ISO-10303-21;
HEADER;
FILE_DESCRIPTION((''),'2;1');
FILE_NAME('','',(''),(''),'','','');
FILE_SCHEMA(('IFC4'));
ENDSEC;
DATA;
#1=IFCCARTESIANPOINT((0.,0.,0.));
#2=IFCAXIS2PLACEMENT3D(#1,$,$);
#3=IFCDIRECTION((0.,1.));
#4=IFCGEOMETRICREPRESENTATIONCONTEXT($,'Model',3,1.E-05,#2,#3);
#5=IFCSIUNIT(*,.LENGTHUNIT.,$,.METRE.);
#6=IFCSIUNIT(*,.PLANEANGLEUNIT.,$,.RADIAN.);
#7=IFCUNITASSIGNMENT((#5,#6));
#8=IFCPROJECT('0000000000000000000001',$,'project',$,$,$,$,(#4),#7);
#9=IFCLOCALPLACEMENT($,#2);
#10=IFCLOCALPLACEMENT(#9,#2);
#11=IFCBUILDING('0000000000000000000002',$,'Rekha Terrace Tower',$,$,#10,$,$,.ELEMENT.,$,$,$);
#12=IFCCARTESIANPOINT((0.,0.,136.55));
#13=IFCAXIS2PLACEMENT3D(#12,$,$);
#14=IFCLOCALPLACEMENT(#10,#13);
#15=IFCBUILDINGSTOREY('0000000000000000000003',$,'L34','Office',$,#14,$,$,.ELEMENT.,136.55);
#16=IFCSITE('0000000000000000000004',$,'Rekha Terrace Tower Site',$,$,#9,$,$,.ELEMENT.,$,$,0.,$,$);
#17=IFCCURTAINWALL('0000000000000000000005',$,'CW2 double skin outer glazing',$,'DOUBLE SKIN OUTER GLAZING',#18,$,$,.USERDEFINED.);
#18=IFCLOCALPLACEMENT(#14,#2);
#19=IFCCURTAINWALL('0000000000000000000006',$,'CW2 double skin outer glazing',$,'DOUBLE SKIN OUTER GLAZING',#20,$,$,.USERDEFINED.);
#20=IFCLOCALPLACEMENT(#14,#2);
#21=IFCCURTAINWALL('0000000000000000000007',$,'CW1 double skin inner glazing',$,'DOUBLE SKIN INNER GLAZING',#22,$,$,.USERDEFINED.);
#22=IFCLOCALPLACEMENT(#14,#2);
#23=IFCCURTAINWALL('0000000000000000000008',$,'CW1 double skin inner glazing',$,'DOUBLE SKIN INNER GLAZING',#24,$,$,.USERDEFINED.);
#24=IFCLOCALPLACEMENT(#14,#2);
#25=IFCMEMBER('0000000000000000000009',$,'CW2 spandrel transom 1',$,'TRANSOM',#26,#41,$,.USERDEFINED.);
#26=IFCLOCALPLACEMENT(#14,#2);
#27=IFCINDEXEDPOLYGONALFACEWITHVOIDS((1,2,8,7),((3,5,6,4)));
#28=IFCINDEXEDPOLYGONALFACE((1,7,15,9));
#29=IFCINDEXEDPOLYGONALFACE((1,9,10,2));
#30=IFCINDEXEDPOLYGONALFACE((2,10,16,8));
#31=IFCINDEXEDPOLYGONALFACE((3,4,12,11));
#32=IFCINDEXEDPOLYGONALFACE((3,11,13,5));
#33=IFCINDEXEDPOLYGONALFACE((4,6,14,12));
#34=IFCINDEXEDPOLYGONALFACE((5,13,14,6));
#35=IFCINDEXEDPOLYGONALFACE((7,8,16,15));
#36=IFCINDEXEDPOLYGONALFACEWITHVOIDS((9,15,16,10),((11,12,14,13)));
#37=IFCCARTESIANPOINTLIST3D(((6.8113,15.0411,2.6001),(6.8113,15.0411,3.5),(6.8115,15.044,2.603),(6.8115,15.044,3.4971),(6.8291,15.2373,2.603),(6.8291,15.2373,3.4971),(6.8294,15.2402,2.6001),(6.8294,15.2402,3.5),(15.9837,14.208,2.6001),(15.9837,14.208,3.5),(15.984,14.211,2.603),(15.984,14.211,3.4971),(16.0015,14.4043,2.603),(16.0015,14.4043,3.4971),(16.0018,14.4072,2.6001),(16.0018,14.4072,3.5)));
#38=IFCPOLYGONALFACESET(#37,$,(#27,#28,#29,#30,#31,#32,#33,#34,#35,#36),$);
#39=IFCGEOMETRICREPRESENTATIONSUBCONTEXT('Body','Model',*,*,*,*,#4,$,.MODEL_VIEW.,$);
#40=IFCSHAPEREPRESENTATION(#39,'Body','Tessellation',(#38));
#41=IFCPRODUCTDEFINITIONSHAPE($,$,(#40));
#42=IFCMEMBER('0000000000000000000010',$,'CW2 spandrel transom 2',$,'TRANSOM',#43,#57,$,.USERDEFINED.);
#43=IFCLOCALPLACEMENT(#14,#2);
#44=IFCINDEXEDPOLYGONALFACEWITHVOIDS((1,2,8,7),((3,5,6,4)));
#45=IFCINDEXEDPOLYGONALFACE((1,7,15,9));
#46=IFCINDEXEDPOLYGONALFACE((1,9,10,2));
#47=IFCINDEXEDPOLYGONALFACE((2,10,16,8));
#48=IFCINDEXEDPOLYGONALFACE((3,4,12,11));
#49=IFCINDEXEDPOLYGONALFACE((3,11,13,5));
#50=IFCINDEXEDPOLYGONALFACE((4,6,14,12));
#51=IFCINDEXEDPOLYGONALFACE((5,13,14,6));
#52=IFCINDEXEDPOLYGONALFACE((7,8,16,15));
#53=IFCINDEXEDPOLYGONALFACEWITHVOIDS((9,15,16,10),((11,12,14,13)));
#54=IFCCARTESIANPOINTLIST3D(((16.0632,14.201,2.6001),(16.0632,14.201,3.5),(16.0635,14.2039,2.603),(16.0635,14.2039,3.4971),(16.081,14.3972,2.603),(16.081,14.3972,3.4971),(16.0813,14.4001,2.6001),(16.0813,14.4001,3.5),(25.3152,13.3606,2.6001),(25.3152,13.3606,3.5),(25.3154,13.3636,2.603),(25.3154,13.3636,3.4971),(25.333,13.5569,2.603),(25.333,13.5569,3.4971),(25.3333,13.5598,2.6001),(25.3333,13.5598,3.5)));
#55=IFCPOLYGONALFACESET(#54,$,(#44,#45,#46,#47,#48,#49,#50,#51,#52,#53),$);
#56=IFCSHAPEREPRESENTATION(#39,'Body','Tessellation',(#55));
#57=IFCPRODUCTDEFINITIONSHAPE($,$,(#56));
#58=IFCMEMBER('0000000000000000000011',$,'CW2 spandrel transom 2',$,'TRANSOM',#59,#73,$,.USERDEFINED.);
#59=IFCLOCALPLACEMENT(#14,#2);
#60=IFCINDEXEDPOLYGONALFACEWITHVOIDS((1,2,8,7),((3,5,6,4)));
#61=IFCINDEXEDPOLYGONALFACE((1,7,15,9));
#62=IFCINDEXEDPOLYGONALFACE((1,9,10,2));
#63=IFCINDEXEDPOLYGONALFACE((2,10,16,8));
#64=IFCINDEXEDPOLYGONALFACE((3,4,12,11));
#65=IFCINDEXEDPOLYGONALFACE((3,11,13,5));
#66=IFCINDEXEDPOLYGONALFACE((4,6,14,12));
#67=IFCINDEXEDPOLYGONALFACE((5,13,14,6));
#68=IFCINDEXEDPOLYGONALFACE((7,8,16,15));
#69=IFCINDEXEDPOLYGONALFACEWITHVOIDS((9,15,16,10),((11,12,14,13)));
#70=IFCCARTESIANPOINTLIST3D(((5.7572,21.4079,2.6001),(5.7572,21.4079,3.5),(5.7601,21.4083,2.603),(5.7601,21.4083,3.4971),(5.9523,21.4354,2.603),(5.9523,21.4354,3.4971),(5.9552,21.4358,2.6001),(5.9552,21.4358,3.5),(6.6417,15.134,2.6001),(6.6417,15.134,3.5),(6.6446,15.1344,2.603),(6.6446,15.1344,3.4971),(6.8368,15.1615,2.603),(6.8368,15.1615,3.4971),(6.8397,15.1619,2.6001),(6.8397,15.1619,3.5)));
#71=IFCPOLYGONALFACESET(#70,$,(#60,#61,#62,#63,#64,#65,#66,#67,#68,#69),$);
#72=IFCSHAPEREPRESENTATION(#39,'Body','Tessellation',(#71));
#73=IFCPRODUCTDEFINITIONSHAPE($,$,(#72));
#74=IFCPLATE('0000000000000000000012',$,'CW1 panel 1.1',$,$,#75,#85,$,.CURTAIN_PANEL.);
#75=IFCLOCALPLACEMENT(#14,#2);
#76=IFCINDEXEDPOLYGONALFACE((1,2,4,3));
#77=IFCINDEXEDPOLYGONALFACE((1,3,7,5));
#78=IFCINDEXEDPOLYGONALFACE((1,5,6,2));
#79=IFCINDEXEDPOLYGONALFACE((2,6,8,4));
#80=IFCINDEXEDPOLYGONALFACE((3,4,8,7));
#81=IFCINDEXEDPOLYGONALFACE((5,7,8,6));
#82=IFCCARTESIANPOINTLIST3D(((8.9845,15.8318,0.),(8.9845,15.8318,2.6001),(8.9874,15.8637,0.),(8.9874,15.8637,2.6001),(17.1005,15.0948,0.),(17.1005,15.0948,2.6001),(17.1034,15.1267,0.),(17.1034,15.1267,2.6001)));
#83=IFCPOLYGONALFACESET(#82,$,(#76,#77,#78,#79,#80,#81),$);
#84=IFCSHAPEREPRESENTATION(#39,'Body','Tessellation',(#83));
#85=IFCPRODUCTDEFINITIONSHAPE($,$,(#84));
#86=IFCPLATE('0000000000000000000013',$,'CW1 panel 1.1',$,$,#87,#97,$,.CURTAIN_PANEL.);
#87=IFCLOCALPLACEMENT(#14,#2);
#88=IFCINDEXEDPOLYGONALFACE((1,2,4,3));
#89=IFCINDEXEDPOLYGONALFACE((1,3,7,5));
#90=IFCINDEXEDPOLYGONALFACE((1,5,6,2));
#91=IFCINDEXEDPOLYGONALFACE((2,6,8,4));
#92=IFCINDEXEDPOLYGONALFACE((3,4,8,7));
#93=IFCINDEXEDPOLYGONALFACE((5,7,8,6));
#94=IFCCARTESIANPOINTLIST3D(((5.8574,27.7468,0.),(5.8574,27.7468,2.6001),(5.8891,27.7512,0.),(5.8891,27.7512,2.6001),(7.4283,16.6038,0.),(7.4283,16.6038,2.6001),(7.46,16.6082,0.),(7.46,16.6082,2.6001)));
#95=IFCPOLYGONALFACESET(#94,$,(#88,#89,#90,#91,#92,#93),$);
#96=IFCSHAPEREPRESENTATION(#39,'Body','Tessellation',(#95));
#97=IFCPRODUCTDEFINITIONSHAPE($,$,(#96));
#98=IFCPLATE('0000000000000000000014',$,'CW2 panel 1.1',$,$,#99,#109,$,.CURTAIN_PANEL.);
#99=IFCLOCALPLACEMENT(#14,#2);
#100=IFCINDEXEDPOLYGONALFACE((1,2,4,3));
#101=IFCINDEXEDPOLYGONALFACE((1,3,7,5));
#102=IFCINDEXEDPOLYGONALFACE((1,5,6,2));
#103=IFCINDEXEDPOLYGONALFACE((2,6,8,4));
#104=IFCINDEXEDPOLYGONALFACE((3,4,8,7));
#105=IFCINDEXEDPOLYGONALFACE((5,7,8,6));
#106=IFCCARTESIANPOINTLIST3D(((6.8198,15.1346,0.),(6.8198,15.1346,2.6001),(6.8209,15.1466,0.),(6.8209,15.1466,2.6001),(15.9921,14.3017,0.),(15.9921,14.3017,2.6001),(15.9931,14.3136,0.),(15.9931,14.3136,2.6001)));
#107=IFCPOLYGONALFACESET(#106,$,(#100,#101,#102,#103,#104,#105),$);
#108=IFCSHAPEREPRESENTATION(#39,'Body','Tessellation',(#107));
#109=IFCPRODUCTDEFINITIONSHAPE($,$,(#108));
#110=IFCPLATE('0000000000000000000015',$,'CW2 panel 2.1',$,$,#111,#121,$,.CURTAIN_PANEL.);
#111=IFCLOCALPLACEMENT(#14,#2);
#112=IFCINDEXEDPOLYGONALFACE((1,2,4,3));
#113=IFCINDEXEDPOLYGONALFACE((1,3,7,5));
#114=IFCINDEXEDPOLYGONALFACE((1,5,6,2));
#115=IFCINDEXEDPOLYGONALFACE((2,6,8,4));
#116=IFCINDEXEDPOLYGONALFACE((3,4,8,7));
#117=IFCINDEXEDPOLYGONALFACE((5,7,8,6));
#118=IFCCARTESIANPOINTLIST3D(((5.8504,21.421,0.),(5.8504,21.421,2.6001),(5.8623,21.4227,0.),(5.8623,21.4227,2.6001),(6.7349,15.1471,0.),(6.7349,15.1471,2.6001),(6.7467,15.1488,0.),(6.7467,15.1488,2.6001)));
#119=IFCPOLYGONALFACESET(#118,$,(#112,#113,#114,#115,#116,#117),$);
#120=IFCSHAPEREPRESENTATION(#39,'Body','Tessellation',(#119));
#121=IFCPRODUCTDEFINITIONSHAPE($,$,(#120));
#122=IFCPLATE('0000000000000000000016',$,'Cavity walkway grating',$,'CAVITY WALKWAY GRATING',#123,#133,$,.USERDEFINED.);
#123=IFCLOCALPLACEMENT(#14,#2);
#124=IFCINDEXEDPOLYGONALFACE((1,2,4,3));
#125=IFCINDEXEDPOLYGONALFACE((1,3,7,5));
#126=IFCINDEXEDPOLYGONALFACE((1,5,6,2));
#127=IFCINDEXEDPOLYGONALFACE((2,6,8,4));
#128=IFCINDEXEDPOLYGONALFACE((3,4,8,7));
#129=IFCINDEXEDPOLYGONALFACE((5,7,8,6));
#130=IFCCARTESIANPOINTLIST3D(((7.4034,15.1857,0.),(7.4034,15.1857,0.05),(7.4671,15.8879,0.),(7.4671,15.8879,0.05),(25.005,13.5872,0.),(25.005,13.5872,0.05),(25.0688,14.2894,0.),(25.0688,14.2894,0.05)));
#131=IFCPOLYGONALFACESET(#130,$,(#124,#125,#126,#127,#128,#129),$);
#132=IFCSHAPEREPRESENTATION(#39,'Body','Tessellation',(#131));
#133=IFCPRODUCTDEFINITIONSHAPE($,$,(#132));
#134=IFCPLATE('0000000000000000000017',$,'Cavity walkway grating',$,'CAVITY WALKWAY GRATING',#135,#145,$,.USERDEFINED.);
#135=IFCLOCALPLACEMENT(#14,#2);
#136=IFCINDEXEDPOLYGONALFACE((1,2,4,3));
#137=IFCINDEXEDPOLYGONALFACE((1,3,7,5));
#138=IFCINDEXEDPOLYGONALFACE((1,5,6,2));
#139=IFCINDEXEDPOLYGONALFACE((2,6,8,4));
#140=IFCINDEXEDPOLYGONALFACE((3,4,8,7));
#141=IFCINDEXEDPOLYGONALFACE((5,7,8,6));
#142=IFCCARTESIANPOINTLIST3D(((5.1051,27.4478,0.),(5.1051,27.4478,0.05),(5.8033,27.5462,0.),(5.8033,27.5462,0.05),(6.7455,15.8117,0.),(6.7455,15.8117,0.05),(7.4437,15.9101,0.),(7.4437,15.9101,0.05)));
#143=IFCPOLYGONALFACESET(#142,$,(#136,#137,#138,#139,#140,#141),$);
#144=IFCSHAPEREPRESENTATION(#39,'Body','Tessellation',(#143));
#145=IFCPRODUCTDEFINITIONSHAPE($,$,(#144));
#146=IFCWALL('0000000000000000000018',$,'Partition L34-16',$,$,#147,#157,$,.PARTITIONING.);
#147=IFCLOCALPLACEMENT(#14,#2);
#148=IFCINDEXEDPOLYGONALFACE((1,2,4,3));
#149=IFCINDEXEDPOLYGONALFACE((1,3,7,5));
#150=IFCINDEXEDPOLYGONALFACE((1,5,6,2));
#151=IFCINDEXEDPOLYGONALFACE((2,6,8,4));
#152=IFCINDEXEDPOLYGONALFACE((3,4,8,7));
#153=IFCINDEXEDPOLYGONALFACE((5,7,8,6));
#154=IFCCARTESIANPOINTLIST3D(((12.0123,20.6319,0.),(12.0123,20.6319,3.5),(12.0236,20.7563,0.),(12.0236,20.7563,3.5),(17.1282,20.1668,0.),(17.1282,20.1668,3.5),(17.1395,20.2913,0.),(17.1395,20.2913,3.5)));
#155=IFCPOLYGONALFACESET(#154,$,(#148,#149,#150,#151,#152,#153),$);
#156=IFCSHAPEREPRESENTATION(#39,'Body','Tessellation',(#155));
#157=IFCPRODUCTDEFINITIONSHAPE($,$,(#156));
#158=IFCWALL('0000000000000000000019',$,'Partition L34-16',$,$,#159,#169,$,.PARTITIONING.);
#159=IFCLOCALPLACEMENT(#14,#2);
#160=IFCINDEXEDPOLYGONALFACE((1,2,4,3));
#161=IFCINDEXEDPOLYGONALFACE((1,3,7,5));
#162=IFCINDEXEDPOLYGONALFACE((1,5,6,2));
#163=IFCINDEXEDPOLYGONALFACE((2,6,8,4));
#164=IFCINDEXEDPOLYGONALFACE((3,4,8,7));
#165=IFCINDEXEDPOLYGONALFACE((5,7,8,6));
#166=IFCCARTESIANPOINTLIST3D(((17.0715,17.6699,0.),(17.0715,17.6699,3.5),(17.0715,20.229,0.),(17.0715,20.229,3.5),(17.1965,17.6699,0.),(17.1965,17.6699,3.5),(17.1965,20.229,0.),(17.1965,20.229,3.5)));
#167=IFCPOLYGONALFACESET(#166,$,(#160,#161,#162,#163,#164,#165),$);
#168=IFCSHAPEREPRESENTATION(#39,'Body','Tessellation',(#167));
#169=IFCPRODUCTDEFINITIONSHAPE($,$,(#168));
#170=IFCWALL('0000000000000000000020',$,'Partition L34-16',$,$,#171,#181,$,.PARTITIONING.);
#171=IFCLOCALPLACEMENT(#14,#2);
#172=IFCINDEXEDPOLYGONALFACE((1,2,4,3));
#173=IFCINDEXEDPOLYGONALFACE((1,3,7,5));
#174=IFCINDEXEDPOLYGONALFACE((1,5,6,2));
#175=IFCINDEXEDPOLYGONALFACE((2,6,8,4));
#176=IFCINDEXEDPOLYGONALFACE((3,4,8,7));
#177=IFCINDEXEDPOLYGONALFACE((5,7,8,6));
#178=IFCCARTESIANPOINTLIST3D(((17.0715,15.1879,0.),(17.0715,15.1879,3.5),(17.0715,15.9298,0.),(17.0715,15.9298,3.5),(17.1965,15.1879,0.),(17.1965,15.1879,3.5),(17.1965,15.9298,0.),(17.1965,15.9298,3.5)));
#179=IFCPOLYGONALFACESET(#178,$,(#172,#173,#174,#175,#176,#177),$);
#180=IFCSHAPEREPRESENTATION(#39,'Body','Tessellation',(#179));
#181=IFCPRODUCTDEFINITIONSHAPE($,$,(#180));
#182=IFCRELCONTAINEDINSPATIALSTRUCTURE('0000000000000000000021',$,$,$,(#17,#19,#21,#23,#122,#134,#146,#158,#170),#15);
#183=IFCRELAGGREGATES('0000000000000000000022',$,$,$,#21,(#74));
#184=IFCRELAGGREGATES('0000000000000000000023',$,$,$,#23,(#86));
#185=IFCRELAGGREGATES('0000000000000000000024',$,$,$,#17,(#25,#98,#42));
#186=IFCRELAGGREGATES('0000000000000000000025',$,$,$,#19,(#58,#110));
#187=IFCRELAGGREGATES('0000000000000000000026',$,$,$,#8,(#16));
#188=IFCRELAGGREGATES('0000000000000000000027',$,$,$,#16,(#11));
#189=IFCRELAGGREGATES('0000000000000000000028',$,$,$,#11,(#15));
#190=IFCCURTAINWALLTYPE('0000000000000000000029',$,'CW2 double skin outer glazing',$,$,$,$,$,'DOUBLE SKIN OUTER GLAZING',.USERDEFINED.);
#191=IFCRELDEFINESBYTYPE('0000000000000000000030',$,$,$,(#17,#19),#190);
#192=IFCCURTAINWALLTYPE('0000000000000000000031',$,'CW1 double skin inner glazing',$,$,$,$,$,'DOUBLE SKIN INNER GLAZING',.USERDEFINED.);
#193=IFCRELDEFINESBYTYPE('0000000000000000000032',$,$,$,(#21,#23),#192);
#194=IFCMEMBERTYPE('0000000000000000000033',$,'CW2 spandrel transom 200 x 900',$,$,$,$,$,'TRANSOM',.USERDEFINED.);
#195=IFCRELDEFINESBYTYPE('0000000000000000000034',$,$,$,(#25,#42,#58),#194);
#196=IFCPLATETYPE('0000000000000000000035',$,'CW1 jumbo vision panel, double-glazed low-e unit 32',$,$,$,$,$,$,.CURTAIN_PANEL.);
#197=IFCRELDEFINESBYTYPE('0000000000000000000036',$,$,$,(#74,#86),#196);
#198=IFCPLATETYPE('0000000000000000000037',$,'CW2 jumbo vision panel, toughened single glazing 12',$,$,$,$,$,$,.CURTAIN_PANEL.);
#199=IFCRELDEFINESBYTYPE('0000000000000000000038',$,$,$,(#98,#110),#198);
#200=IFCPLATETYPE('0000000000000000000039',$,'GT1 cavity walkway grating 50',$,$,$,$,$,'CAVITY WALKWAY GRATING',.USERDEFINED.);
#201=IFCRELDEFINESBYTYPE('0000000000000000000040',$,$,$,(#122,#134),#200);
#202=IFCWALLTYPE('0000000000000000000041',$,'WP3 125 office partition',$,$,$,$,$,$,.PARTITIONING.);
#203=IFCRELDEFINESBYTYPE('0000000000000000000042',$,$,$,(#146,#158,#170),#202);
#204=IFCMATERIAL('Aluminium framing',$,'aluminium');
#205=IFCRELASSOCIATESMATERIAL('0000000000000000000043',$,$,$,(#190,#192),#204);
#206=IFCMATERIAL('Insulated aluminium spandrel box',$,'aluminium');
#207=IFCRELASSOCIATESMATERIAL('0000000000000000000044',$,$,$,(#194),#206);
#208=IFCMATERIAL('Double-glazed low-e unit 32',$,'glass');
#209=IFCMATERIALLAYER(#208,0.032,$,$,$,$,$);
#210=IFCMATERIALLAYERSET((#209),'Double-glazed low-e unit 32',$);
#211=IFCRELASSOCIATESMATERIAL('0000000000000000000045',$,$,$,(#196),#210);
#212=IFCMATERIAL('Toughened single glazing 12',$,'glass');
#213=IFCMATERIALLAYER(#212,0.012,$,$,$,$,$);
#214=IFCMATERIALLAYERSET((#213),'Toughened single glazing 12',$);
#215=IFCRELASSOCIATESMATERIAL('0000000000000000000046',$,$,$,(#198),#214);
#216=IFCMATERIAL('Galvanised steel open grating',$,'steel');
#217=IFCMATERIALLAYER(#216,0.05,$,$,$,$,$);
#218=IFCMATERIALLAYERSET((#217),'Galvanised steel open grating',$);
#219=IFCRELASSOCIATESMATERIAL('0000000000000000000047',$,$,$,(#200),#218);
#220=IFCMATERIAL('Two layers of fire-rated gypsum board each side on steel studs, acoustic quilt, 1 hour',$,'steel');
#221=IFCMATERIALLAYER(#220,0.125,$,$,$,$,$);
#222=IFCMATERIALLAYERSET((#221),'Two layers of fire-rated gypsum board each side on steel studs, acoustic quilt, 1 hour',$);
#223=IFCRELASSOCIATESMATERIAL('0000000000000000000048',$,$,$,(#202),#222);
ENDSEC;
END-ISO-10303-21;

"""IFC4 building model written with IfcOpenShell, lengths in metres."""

from ifc_helpers import new_model, si_unit, direction, frame, frame_2d, origin, origin_2d, place, context, subcontext, project, spatial, rectangle, hollow_rectangle, extrude, material, layer, layer_set, material_profile, profile_set, type_object, element, aggregate, save


model = new_model("IFC4")

# Units and contexts
model_context = context("Model", 3, precision=1e-05, world=origin(), true_north=direction((0.0, 1.0)))
body_context = subcontext(model_context, "Body", "Model", "MODEL_VIEW")
ifc_project = project(units=[si_unit("LENGTHUNIT", "METRE"), si_unit("PLANEANGLEUNIT", "RADIAN")], contexts=[model_context])

# Site, building, storey
site_placement = place(None, origin())
site = spatial("IfcSite", under=ifc_project, at=site_placement, Name="Rekha Terrace Tower Site", CompositionType="ELEMENT", RefElevation=0.0)
building_placement = place(site_placement, origin())
building = spatial("IfcBuilding", under=site, at=building_placement, Name="Rekha Terrace Tower", CompositionType="ELEMENT")
storey_placement = place(building_placement, frame((0.0, 0.0, 136.55)))
storey = spatial("IfcBuildingStorey", under=building, at=storey_placement, Name="L34", Description="Office", CompositionType="ELEMENT", Elevation=136.55)

# Curtain walls
ifc_material_1 = material(Name="Aluminium framing", Category="aluminium")
curtain_wall_type_1 = type_object("IfcCurtainWallType", Name="CW2 double skin outer glazing", ElementType="DOUBLE SKIN OUTER GLAZING", PredefinedType="USERDEFINED", material=ifc_material_1)
curtain_wall_1_placement = place(storey_placement, origin())
curtain_wall_1 = element("IfcCurtainWall", 1, at=curtain_wall_1_placement, inside=storey, type_object=curtain_wall_type_1, Name="CW2 double skin outer glazing", ObjectType="DOUBLE SKIN OUTER GLAZING", PredefinedType="USERDEFINED")
curtain_wall_2_placement = place(storey_placement, origin())
curtain_wall_2 = element("IfcCurtainWall", 2, at=curtain_wall_2_placement, inside=storey, type_object=curtain_wall_type_1, Name="CW2 double skin outer glazing", ObjectType="DOUBLE SKIN OUTER GLAZING", PredefinedType="USERDEFINED")

# Curtain wall
curtain_wall_type_2 = type_object("IfcCurtainWallType", Name="CW1 double skin inner glazing", ElementType="DOUBLE SKIN INNER GLAZING", PredefinedType="USERDEFINED", material=ifc_material_1)
curtain_wall_3_placement = place(storey_placement, origin())
curtain_wall_3 = element("IfcCurtainWall", 3, at=curtain_wall_3_placement, inside=storey, type_object=curtain_wall_type_2, Name="CW1 double skin inner glazing", ObjectType="DOUBLE SKIN INNER GLAZING", PredefinedType="USERDEFINED")

# Curtain wall
curtain_wall_4_placement = place(storey_placement, origin())
curtain_wall_4 = element("IfcCurtainWall", 4, at=curtain_wall_4_placement, inside=storey, type_object=curtain_wall_type_2, Name="CW1 double skin inner glazing", ObjectType="DOUBLE SKIN INNER GLAZING", PredefinedType="USERDEFINED")

# Members
ifc_material_2 = material(Name="Insulated aluminium spandrel box", Category="aluminium")
ifc_material_profile_1 = material_profile(ifc_material_2, hollow_rectangle(XDim=0.2, YDim=0.8999, WallThickness=0.0029, at=origin_2d()), Name="AL SPANDREL BOX 200x900")
ifc_profile_set_1 = profile_set([ifc_material_profile_1], Name="Insulated aluminium spandrel box")
member_type_1 = type_object("IfcMemberType", Name="CW2 spandrel transom 200 x 900", ElementType="TRANSOM", PredefinedType="USERDEFINED", material=ifc_profile_set_1)
member_1_placement = place(storey_placement, frame((6.8203, 15.1406, 3.05), z_axis=(0.995901, -0.090445, 0.0), x_axis=(0.090445, 0.995901, 0.0)))
member_1 = element("IfcMember", 5, at=member_1_placement, type_object=member_type_1, Name="CW2 spandrel transom 1", ObjectType="TRANSOM", PredefinedType="USERDEFINED", context=body_context, shape_type="SweptSolid", body=[
    extrude(hollow_rectangle(XDim=0.2, YDim=0.8999, WallThickness=0.0029, at=origin_2d()), origin(), (0.0, 0.0, 1.0), 9.2102),
])
member_2_placement = place(storey_placement, frame((16.0723, 14.3005, 3.05), z_axis=(0.995901, -0.090455, 0.0), x_axis=(0.090455, 0.995901, 0.0)))
member_2 = element("IfcMember", 6, at=member_2_placement, type_object=member_type_1, Name="CW2 spandrel transom 2", ObjectType="TRANSOM", PredefinedType="USERDEFINED", context=body_context, shape_type="SweptSolid", body=[
    extrude(hollow_rectangle(XDim=0.2, YDim=0.8999, WallThickness=0.0029, at=origin_2d()), origin(), (0.0, 0.0, 1.0), 9.29),
])
member_3_placement = place(storey_placement, frame((5.8562, 21.4219, 3.05), z_axis=(0.139603, -0.990208, 0.0), x_axis=(0.990208, 0.139603, 0.0)))
member_3 = element("IfcMember", 7, at=member_3_placement, type_object=member_type_1, Name="CW2 spandrel transom 2", ObjectType="TRANSOM", PredefinedType="USERDEFINED", context=body_context, shape_type="SweptSolid", body=[
    extrude(hollow_rectangle(XDim=0.2, YDim=0.8999, WallThickness=0.0029, at=origin_2d()), origin(), (0.0, 0.0, 1.0), 6.3359),
])

# Plates
ifc_material_3 = material(Name="Double-glazed low-e unit 32", Category="glass")
ifc_layer_1 = layer(ifc_material_3, 0.032)
ifc_layer_set_1 = layer_set([ifc_layer_1], Name="Double-glazed low-e unit 32")
plate_type_1 = type_object("IfcPlateType", Name="CW1 jumbo vision panel, double-glazed low-e unit 32", PredefinedType="CURTAIN_PANEL", material=ifc_layer_set_1)
plate_1_placement = place(storey_placement, frame((13.0439, 15.4792, 0.0), z_axis=(0.0, 0.0, 1.0), x_axis=(0.995902, -0.09044, 0.0)))
plate_1 = element("IfcPlate", 8, at=plate_1_placement, type_object=plate_type_1, Name="CW1 panel 1.1", PredefinedType="CURTAIN_PANEL", context=body_context, shape_type="SweptSolid", body=[
    extrude(rectangle(XDim=8.1494, YDim=0.032, at=origin_2d()), origin(), (0.0, 0.0, 1.0), 2.6001),
])
aggregate(curtain_wall_3, [plate_1])
plate_2_placement = place(storey_placement, frame((6.6587, 22.1775, 0.0), z_axis=(0.0, 0.0, 1.0), x_axis=(0.139597, -0.990208, 0.0)))
plate_2 = element("IfcPlate", 9, at=plate_2_placement, type_object=plate_type_1, Name="CW1 panel 1.1", PredefinedType="CURTAIN_PANEL", context=body_context, shape_type="SweptSolid", body=[
    extrude(rectangle(XDim=11.2532, YDim=0.032, at=origin_2d()), origin(), (0.0, 0.0, 1.0), 2.6001),
])
aggregate(curtain_wall_4, [plate_2])
ifc_material_4 = material(Name="Toughened single glazing 12", Category="glass")
ifc_layer_2 = layer(ifc_material_4, 0.012)
ifc_layer_set_2 = layer_set([ifc_layer_2], Name="Toughened single glazing 12")
plate_type_2 = type_object("IfcPlateType", Name="CW2 jumbo vision panel, toughened single glazing 12", PredefinedType="CURTAIN_PANEL", material=ifc_layer_set_2)
plate_3_placement = place(storey_placement, frame((11.4065, 14.7241, 0.0), z_axis=(0.0, 0.0, 1.0), x_axis=(0.995902, -0.09044, 0.0)))
plate_3 = element("IfcPlate", 10, at=plate_3_placement, type_object=plate_type_2, Name="CW2 panel 1.1", PredefinedType="CURTAIN_PANEL", context=body_context, shape_type="SweptSolid", body=[
    extrude(rectangle(XDim=9.21, YDim=0.012, at=origin_2d()), origin(), (0.0, 0.0, 1.0), 2.6001),
])
aggregate(curtain_wall_1, [member_1, plate_3, member_2])
plate_4_placement = place(storey_placement, frame((6.2986, 18.2849, 0.0), z_axis=(0.0, 0.0, 1.0), x_axis=(0.139597, -0.990208, 0.0)))
plate_4 = element("IfcPlate", 11, at=plate_4_placement, type_object=plate_type_2, Name="CW2 panel 2.1", PredefinedType="CURTAIN_PANEL", context=body_context, shape_type="SweptSolid", body=[
    extrude(rectangle(XDim=6.3359, YDim=0.012, at=origin_2d()), origin(), (0.0, 0.0, 1.0), 2.6001),
])
aggregate(curtain_wall_2, [member_3, plate_4])

# Plates
ifc_material_5 = material(Name="Galvanised steel open grating", Category="steel")
ifc_layer_3 = layer(ifc_material_5, 0.05)
ifc_layer_set_3 = layer_set([ifc_layer_3], Name="Galvanised steel open grating")
plate_type_3 = type_object("IfcPlateType", Name="GT1 cavity walkway grating 50", ElementType="CAVITY WALKWAY GRATING", PredefinedType="USERDEFINED", material=ifc_layer_set_3)
plate_5_placement = place(storey_placement, frame((16.2361, 14.7375, 0.0), z_axis=(0.0, 0.0, 1.0), x_axis=(0.995902, -0.09044, 0.0)))
element("IfcPlate", 12, at=plate_5_placement, inside=storey, type_object=plate_type_3, Name="Cavity walkway grating", ObjectType="CAVITY WALKWAY GRATING", PredefinedType="USERDEFINED", context=body_context, shape_type="SweptSolid", body=[
    extrude(rectangle(XDim=17.6741, YDim=0.7051, at=origin_2d()), origin(), (0.0, 0.0, 1.0), 0.05),
])
plate_6_placement = place(storey_placement, frame((6.2744, 21.679, 0.0), z_axis=(0.0, 0.0, 1.0), x_axis=(0.139597, -0.990208, 0.0)))
element("IfcPlate", 13, at=plate_6_placement, inside=storey, type_object=plate_type_3, Name="Cavity walkway grating", ObjectType="CAVITY WALKWAY GRATING", PredefinedType="USERDEFINED", context=body_context, shape_type="SweptSolid", body=[
    extrude(rectangle(XDim=11.7512, YDim=0.7051, at=origin_2d()), origin(), (0.0, 0.0, 1.0), 0.05),
])

# Walls
ifc_material_6 = material(Name="Two layers of fire-rated gypsum board each side on steel studs, acoustic quilt, 1 hour", Category="steel")
ifc_layer_4 = layer(ifc_material_6, 0.125)
ifc_layer_set_4 = layer_set([ifc_layer_4], Name="Two layers of fire-rated gypsum board each side on steel studs, acoustic quilt, 1 hour")
wall_type = type_object("IfcWallType", Name="WP3 125 office partition", PredefinedType="PARTITIONING", material=ifc_layer_set_4)
wall_1_placement = place(storey_placement, frame((12.0181, 20.6941, 0.0), z_axis=(0.0, 0.0, 1.0), x_axis=(0.995893, -0.090536, 0.0)))
element("IfcWall", 14, at=wall_1_placement, inside=storey, type_object=wall_type, Name="Partition L34-16", PredefinedType="PARTITIONING", context=body_context, shape_type="SweptSolid", body=[
    extrude(rectangle(XDim=5.137, YDim=0.125, at=frame_2d((2.5684, 0.0))), origin(), (0.0, 0.0, 1.0), 3.5),
])
wall_2_placement = place(storey_placement, frame((17.134, 20.229, 0.0), z_axis=(0.0, 0.0, 1.0), x_axis=(0.0, -1.0, 0.0)))
element("IfcWall", 15, at=wall_2_placement, inside=storey, type_object=wall_type, Name="Partition L34-16", PredefinedType="PARTITIONING", context=body_context, shape_type="SweptSolid", body=[
    extrude(rectangle(XDim=2.5591, YDim=0.125, at=frame_2d((1.2795, 0.0))), origin(), (0.0, 0.0, 1.0), 3.5),
])
wall_3_placement = place(storey_placement, frame((17.134, 15.9299, 0.0), z_axis=(0.0, 0.0, 1.0), x_axis=(0.0, -1.0, 0.0)))
element("IfcWall", 16, at=wall_3_placement, inside=storey, type_object=wall_type, Name="Partition L34-16", PredefinedType="PARTITIONING", context=body_context, shape_type="SweptSolid", body=[
    extrude(rectangle(XDim=0.7419, YDim=0.125, at=frame_2d((0.3711, 0.0))), origin(), (0.0, 0.0, 1.0), 3.5),
])

save(model, "model.ifc")
